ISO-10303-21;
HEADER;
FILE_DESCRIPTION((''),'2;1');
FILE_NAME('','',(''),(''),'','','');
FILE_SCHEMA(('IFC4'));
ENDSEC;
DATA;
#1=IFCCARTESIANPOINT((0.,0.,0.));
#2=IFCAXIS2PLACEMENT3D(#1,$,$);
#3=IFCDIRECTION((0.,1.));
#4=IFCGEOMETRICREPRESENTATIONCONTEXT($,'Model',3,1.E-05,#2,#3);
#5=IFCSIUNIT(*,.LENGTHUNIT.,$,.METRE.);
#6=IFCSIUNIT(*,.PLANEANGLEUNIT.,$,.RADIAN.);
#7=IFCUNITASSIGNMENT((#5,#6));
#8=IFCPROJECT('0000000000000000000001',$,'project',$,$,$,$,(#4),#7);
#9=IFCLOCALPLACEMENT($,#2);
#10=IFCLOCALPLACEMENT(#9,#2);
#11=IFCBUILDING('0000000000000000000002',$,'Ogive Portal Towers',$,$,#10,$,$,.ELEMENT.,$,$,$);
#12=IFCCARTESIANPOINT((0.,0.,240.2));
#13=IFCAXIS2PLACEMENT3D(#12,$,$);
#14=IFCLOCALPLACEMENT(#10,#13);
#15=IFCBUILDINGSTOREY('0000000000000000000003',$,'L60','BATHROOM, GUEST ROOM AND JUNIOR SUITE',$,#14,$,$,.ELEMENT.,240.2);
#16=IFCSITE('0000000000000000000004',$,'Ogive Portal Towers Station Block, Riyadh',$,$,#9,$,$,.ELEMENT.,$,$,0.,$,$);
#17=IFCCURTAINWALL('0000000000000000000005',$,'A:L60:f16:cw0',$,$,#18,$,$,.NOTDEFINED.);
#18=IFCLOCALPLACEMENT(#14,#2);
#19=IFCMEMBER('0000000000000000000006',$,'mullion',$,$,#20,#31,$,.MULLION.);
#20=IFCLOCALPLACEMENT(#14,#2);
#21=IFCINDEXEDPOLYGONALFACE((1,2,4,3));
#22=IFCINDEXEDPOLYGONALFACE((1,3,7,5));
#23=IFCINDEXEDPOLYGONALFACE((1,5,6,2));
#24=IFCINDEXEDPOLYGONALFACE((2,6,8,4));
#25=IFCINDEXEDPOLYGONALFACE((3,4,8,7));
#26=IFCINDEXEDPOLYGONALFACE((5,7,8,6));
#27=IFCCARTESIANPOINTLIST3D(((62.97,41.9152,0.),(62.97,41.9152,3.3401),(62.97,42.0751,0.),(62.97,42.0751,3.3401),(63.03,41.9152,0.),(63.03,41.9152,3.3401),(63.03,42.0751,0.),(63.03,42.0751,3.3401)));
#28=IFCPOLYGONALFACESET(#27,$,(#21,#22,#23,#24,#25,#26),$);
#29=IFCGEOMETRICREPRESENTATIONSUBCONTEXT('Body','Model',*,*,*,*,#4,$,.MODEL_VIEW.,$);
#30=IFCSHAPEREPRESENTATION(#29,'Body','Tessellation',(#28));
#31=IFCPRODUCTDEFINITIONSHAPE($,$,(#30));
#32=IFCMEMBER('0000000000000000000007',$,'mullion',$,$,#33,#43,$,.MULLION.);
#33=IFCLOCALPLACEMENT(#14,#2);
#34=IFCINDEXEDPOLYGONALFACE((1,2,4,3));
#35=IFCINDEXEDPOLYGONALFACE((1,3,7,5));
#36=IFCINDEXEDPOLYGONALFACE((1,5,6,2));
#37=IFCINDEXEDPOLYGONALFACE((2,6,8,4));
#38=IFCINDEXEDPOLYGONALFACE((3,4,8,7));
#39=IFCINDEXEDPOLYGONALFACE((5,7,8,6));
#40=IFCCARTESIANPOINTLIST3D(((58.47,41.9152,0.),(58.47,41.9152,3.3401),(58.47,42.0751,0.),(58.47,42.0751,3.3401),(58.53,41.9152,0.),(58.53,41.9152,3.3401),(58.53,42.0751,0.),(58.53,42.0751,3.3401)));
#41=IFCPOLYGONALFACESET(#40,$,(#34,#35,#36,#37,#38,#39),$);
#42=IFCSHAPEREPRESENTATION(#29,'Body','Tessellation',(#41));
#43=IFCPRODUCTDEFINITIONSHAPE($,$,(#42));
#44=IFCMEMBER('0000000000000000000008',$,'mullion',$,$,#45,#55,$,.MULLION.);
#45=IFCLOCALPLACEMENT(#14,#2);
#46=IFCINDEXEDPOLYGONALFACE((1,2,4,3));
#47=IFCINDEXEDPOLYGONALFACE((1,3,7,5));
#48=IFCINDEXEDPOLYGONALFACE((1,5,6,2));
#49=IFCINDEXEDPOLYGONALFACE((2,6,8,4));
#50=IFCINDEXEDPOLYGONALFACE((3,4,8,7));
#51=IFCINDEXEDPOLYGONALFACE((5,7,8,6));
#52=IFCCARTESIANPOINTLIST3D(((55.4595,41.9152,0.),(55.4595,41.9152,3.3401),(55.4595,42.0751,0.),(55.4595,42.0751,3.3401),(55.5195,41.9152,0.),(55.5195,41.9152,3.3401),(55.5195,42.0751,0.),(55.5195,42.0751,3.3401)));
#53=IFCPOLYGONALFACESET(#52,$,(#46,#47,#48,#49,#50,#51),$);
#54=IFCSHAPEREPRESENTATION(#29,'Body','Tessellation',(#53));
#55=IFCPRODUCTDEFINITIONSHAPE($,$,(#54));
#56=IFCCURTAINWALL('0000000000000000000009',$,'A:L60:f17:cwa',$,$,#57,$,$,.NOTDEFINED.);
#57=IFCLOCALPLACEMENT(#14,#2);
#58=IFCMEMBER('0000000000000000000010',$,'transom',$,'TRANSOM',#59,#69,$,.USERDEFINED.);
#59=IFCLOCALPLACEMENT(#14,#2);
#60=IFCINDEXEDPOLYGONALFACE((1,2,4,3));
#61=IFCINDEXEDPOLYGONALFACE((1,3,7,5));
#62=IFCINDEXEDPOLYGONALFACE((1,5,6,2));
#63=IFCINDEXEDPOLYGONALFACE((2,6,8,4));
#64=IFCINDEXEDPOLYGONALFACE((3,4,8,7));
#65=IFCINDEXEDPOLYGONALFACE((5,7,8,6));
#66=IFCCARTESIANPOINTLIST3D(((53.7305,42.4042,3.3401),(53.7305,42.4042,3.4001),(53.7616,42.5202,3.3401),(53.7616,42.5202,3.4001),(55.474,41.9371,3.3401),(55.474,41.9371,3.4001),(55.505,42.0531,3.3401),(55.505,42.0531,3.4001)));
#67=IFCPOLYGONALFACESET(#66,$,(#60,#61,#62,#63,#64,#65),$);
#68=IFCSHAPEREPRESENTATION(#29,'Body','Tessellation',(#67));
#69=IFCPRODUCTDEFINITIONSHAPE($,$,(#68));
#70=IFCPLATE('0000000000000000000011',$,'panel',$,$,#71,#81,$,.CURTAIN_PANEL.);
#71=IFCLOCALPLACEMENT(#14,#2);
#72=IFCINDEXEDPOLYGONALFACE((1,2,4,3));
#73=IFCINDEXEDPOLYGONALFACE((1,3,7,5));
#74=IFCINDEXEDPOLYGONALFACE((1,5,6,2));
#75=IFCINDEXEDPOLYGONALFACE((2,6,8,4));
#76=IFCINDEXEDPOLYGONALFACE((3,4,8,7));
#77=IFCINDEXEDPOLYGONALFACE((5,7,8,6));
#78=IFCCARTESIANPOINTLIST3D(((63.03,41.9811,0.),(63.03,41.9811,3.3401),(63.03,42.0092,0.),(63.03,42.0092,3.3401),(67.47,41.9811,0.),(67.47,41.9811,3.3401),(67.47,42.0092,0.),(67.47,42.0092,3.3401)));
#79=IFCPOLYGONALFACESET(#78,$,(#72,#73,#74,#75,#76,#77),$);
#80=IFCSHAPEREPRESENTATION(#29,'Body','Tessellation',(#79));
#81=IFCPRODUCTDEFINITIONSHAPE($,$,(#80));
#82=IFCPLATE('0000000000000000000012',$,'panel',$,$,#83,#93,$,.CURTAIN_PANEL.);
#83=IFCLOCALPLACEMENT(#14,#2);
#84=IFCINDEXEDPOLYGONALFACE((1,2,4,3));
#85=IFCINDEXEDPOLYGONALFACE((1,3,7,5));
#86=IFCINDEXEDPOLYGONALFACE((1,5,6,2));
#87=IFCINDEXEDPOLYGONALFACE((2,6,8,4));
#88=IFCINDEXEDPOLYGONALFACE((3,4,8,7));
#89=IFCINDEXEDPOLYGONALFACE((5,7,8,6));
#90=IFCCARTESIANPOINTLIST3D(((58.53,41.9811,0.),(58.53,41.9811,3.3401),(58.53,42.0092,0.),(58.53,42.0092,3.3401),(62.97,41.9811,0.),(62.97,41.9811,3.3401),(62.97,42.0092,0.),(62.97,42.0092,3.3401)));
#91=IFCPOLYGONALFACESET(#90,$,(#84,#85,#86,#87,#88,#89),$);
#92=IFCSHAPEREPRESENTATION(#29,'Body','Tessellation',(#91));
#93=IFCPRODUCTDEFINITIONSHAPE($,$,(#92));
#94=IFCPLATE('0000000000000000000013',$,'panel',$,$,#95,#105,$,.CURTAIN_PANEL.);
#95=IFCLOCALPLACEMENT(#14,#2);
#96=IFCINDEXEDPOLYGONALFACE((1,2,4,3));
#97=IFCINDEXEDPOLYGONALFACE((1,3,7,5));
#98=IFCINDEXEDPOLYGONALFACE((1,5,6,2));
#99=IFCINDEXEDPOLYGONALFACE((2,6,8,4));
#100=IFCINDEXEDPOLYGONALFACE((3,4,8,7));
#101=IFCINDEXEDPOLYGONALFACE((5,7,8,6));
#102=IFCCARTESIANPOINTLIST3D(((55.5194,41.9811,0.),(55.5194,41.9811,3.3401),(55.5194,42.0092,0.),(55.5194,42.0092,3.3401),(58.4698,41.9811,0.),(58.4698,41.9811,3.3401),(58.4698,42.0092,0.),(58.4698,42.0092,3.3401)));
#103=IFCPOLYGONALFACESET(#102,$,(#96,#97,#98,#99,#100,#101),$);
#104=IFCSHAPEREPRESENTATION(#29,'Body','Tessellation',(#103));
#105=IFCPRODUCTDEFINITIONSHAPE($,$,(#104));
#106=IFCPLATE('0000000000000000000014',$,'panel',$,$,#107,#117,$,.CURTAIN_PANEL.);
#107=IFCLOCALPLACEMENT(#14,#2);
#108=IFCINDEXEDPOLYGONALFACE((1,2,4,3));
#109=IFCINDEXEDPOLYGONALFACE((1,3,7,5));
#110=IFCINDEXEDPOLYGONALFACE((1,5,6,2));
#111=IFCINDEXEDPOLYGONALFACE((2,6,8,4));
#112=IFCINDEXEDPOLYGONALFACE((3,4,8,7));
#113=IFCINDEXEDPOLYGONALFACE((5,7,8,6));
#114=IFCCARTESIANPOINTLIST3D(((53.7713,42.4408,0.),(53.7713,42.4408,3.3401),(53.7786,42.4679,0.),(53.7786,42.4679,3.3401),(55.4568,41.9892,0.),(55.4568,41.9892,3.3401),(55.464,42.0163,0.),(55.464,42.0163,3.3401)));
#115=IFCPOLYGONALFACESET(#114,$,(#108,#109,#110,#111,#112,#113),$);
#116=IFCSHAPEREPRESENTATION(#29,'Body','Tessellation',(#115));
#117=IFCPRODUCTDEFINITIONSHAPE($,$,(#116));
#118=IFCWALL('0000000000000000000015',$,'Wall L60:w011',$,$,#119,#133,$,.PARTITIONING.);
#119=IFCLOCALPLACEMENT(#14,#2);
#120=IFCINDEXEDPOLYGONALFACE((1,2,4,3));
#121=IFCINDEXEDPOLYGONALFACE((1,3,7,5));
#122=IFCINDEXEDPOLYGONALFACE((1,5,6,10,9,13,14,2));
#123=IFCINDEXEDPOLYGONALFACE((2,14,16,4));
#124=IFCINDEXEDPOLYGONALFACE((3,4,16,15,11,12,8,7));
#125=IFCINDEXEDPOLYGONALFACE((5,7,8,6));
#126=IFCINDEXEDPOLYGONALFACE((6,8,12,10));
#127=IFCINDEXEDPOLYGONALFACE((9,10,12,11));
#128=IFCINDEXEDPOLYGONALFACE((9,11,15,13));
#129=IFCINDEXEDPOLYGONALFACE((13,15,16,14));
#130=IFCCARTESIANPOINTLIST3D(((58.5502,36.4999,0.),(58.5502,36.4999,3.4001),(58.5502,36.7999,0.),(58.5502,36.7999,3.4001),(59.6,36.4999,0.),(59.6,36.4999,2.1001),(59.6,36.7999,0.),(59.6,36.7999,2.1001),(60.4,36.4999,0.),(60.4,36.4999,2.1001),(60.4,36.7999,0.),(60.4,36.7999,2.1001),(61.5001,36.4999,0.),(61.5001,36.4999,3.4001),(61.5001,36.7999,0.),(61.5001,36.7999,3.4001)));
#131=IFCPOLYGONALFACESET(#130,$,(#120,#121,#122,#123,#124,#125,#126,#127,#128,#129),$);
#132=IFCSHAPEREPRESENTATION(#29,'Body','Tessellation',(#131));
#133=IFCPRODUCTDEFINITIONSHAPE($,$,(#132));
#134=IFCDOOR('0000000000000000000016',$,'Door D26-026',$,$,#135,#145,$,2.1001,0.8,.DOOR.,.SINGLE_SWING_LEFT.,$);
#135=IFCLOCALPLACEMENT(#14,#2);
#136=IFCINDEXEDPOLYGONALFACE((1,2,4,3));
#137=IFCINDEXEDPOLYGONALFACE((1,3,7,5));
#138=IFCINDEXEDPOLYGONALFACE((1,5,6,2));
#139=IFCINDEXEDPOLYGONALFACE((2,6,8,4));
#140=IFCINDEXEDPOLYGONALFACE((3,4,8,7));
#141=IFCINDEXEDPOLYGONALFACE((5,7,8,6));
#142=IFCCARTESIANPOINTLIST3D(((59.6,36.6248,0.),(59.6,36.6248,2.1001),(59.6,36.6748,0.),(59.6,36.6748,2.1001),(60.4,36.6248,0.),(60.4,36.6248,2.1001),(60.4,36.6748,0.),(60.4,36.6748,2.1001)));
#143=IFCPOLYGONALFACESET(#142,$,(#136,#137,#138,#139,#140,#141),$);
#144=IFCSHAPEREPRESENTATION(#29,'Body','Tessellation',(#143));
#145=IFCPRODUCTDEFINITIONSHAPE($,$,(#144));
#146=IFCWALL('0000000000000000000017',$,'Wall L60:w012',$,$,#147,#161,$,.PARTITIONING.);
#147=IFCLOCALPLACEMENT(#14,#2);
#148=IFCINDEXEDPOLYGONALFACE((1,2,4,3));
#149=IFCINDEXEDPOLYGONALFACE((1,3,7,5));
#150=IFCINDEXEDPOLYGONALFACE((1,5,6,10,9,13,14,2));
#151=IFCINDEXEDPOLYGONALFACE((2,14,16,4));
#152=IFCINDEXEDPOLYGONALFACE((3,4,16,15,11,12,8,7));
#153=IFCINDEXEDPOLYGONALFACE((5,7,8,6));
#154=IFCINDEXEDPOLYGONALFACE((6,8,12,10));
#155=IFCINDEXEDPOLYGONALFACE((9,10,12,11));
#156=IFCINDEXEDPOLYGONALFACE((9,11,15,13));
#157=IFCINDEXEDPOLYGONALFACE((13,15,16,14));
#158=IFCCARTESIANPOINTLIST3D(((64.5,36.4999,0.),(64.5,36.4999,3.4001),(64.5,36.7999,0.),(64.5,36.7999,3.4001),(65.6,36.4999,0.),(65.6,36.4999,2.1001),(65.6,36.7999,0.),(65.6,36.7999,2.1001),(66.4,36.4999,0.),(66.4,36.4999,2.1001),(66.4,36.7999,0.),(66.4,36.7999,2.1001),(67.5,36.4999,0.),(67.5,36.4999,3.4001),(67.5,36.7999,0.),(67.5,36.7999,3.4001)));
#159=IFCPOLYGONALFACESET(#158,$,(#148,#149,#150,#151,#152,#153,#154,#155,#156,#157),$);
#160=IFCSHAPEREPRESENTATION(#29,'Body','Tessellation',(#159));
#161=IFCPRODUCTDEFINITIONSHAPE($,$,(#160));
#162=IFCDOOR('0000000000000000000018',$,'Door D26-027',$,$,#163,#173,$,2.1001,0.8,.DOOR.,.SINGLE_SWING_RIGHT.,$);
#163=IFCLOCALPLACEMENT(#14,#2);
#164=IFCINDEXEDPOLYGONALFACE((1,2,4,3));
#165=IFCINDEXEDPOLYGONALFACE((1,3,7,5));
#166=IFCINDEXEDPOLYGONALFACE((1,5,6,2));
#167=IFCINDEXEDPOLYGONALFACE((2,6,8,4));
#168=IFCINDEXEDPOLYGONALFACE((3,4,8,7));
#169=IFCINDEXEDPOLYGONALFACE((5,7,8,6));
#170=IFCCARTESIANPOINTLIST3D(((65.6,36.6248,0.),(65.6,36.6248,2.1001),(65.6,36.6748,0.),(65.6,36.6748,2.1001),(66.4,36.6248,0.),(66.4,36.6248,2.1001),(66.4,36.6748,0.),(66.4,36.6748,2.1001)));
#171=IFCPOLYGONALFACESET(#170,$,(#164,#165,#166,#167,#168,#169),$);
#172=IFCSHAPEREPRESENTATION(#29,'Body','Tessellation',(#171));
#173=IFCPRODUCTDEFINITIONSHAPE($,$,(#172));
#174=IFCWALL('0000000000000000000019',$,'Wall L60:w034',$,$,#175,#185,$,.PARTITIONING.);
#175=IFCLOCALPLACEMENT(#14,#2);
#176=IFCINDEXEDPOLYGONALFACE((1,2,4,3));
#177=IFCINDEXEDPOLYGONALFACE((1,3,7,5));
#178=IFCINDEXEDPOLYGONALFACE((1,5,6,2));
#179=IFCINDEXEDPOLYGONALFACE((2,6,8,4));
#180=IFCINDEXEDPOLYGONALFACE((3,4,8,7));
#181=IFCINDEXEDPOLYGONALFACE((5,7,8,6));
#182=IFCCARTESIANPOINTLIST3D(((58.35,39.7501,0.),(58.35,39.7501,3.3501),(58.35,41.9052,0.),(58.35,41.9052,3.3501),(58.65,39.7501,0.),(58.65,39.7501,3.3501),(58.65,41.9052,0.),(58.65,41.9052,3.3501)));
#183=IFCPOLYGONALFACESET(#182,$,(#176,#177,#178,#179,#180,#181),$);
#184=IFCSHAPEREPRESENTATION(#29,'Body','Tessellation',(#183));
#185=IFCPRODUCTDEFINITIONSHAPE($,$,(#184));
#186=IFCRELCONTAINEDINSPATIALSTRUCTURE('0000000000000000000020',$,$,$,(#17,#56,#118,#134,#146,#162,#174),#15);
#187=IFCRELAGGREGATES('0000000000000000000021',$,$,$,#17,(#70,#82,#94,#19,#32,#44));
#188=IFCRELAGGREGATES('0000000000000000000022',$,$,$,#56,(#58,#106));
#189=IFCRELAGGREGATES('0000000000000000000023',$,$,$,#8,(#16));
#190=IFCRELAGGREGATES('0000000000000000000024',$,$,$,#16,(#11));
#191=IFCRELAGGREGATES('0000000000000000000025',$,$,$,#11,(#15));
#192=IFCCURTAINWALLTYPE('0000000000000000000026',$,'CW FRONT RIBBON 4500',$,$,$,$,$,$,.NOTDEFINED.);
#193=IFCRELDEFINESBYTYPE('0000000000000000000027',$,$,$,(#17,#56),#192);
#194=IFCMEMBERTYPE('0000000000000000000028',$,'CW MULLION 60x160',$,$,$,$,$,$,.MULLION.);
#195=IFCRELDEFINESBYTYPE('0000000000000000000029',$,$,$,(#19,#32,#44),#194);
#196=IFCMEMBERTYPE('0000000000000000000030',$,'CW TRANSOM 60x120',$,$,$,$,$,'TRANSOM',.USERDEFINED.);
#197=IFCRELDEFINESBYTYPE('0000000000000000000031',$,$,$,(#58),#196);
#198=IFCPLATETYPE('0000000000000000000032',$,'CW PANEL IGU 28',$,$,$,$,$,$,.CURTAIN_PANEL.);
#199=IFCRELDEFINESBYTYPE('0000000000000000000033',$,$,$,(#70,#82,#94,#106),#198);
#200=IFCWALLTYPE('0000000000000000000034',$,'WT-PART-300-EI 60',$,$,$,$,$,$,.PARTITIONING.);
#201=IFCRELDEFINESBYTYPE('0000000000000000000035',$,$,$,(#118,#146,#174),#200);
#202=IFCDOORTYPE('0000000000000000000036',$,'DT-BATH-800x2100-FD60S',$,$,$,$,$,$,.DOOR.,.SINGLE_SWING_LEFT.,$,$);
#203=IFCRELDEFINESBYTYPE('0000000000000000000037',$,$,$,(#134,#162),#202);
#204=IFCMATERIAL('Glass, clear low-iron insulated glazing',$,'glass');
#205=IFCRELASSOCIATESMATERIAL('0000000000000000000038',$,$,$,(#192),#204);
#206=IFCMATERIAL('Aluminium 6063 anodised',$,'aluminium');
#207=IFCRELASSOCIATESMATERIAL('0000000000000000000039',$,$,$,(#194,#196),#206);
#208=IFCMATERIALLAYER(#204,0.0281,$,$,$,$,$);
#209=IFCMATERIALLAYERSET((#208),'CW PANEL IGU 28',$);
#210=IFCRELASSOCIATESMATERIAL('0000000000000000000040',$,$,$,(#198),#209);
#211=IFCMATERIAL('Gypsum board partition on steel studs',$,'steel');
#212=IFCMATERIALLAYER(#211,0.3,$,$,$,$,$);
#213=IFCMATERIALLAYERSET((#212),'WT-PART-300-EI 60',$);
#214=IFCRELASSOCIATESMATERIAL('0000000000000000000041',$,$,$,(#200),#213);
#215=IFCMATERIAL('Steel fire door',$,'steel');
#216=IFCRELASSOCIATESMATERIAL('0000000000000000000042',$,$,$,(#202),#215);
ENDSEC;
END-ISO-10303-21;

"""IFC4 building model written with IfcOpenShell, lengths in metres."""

from ifc_helpers import new_model, si_unit, direction, frame, frame_2d, origin, origin_2d, place, context, subcontext, project, spatial, rectangle, extrude, material, layer, layer_set, material_profile, profile_set, type_object, element, fill, aggregate, save


model = new_model("IFC4")

# Units and contexts
model_context = context("Model", 3, precision=1e-05, world=origin(), true_north=direction((0.0, 1.0)))
body_context = subcontext(model_context, "Body", "Model", "MODEL_VIEW")
ifc_project = project(units=[si_unit("LENGTHUNIT", "METRE"), si_unit("PLANEANGLEUNIT", "RADIAN")], contexts=[model_context])

# Site, building, storey
site_placement = place(None, origin())
site = spatial("IfcSite", under=ifc_project, at=site_placement, Name="Ogive Portal Towers Station Block, Riyadh", CompositionType="ELEMENT", RefElevation=0.0)
building_placement = place(site_placement, origin())
building = spatial("IfcBuilding", under=site, at=building_placement, Name="Ogive Portal Towers", CompositionType="ELEMENT")
storey_placement = place(building_placement, frame((0.0, 0.0, 240.2)))
storey = spatial("IfcBuildingStorey", under=building, at=storey_placement, Name="L60", Description="BATHROOM, GUEST ROOM AND JUNIOR SUITE", CompositionType="ELEMENT", Elevation=240.2)

# Curtain wall, members
ifc_material_1 = material(Name="Glass, clear low-iron insulated glazing", Category="glass")
curtain_wall_type = type_object("IfcCurtainWallType", Name="CW FRONT RIBBON 4500", PredefinedType="NOTDEFINED", material=ifc_material_1)
curtain_wall_1_placement = place(storey_placement, origin())
curtain_wall_1 = element("IfcCurtainWall", 1, at=curtain_wall_1_placement, inside=storey, type_object=curtain_wall_type, Name="A:L60:f16:cw0", PredefinedType="NOTDEFINED")
ifc_material_2 = material(Name="Aluminium 6063 anodised", Category="aluminium")
ifc_material_profile_1 = material_profile(ifc_material_2, rectangle(XDim=0.1599, YDim=0.0601, at=origin_2d()), Name="AL 60x160")
ifc_profile_set_1 = profile_set([ifc_material_profile_1], Name="Aluminium 6063 anodised")
member_type_1 = type_object("IfcMemberType", Name="CW MULLION 60x160", PredefinedType="MULLION", material=ifc_profile_set_1)
member_1_placement = place(storey_placement, frame((63.0, 41.9951, 0.0), z_axis=(0.0, 0.0, 1.0), x_axis=(0.0, -1.0, 0.0)))
member_1 = element("IfcMember", 2, at=member_1_placement, type_object=member_type_1, Name="mullion", PredefinedType="MULLION", context=body_context, shape_type="SweptSolid", body=[
    extrude(rectangle(XDim=0.1599, YDim=0.0601, at=origin_2d()), origin(), (0.0, 0.0, 1.0), 3.3401),
])
member_2_placement = place(storey_placement, frame((58.5, 41.9951, 0.0), z_axis=(0.0, 0.0, 1.0), x_axis=(0.0, -1.0, 0.0)))
member_2 = element("IfcMember", 3, at=member_2_placement, type_object=member_type_1, Name="mullion", PredefinedType="MULLION", context=body_context, shape_type="SweptSolid", body=[
    extrude(rectangle(XDim=0.1599, YDim=0.0601, at=origin_2d()), origin(), (0.0, 0.0, 1.0), 3.3401),
])
member_3_placement = place(storey_placement, frame((55.4895, 41.9951, 0.0), z_axis=(0.0, 0.0, 1.0), x_axis=(0.0, -1.0, 0.0)))
member_3 = element("IfcMember", 4, at=member_3_placement, type_object=member_type_1, Name="mullion", PredefinedType="MULLION", context=body_context, shape_type="SweptSolid", body=[
    extrude(rectangle(XDim=0.1599, YDim=0.0601, at=origin_2d()), origin(), (0.0, 0.0, 1.0), 3.3401),
])

# Curtain wall, member
curtain_wall_2_placement = place(storey_placement, origin())
curtain_wall_2 = element("IfcCurtainWall", 5, at=curtain_wall_2_placement, inside=storey, type_object=curtain_wall_type, Name="A:L60:f17:cwa", PredefinedType="NOTDEFINED")
ifc_material_profile_2 = material_profile(ifc_material_2, rectangle(XDim=0.1201, YDim=0.0601, at=origin_2d()), Name="AL 120x60")
ifc_profile_set_2 = profile_set([ifc_material_profile_2], Name="Aluminium 6063 anodised")
member_type_2 = type_object("IfcMemberType", Name="CW TRANSOM 60x120", ElementType="TRANSOM", PredefinedType="USERDEFINED", material=ifc_profile_set_2)
member_4_placement = place(storey_placement, frame((55.4895, 41.9951, 3.3701), z_axis=(-0.96594, 0.258765, 0.0), x_axis=(-0.258765, -0.96594, 0.0)))
member_4 = element("IfcMember", 6, at=member_4_placement, type_object=member_type_2, Name="transom", ObjectType="TRANSOM", PredefinedType="USERDEFINED", context=body_context, shape_type="SweptSolid", body=[
    extrude(rectangle(XDim=0.1201, YDim=0.0601, at=origin_2d()), origin(), (0.0, 0.0, 1.0), 1.8049),
])

# Plates
ifc_layer_1 = layer(ifc_material_1, 0.0281)
ifc_layer_set_1 = layer_set([ifc_layer_1], Name="CW PANEL IGU 28")
plate_type = type_object("IfcPlateType", Name="CW PANEL IGU 28", PredefinedType="CURTAIN_PANEL", material=ifc_layer_set_1)
plate_1_placement = place(storey_placement, frame((65.25, 41.9951, 0.0), z_axis=(0.0, 0.0, 1.0), x_axis=(-1.0, 0.0, 0.0)))
plate_1 = element("IfcPlate", 7, at=plate_1_placement, type_object=plate_type, Name="panel", PredefinedType="CURTAIN_PANEL", context=body_context, shape_type="SweptSolid", body=[
    extrude(rectangle(XDim=4.4399, YDim=0.0281, at=origin_2d()), origin(), (0.0, 0.0, 1.0), 3.3401),
])
plate_2_placement = place(storey_placement, frame((60.75, 41.9951, 0.0), z_axis=(0.0, 0.0, 1.0), x_axis=(-1.0, 0.0, 0.0)))
plate_2 = element("IfcPlate", 8, at=plate_2_placement, type_object=plate_type, Name="panel", PredefinedType="CURTAIN_PANEL", context=body_context, shape_type="SweptSolid", body=[
    extrude(rectangle(XDim=4.4399, YDim=0.0281, at=origin_2d()), origin(), (0.0, 0.0, 1.0), 3.3401),
])
plate_3_placement = place(storey_placement, frame((56.9946, 41.9951, 0.0), z_axis=(0.0, 0.0, 1.0), x_axis=(-1.0, 0.0, 0.0)))
plate_3 = element("IfcPlate", 9, at=plate_3_placement, type_object=plate_type, Name="panel", PredefinedType="CURTAIN_PANEL", context=body_context, shape_type="SweptSolid", body=[
    extrude(rectangle(XDim=2.9504, YDim=0.0281, at=origin_2d()), origin(), (0.0, 0.0, 1.0), 3.3401),
])
aggregate(curtain_wall_1, [plate_1, plate_2, plate_3, member_1, member_2, member_3])
plate_4_placement = place(storey_placement, frame((54.6177, 42.2285, 0.0), z_axis=(0.0, 0.0, 1.0), x_axis=(-0.965926, 0.258819, 0.0)))
plate_4 = element("IfcPlate", 10, at=plate_4_placement, type_object=plate_type, Name="panel", PredefinedType="CURTAIN_PANEL", context=body_context, shape_type="SweptSolid", body=[
    extrude(rectangle(XDim=1.7449, YDim=0.0281, at=origin_2d()), origin(), (0.0, 0.0, 1.0), 3.3401),
])
aggregate(curtain_wall_2, [member_4, plate_4])

# Walls, openings, doors
ifc_material_3 = material(Name="Gypsum board partition on steel studs", Category="steel")
ifc_layer_2 = layer(ifc_material_3, 0.3)
ifc_layer_set_2 = layer_set([ifc_layer_2], Name="WT-PART-300-EI 60")
wall_type = type_object("IfcWallType", Name="WT-PART-300-EI 60", PredefinedType="PARTITIONING", material=ifc_layer_set_2)
wall_1_placement = place(storey_placement, frame((58.55, 36.6499, 0.0), z_axis=(0.0, 0.0, 1.0), x_axis=(1.0, 0.0, 0.0)))
wall_1 = element("IfcWall", 11, at=wall_1_placement, inside=storey, type_object=wall_type, Name="Wall L60:w011", PredefinedType="PARTITIONING", context=body_context, shape_type="SweptSolid", body=[
    extrude(rectangle(XDim=2.95, YDim=0.3, at=frame_2d((1.4751, 0.0))), origin(), (0.0, 0.0, 1.0), 3.4001),
])
opening_1_placement = place(wall_1_placement, frame((1.05, 0.0, 0.0)))
opening_1 = element("IfcOpeningElement", 12, at=opening_1_placement, cuts=wall_1, PredefinedType="OPENING", context=body_context, shape_type="SweptSolid", body=[
    extrude(rectangle(XDim=0.8, YDim=2.1001, at=frame_2d((0.3999, 1.05))), frame((0.0, 0.1602, 0.0), z_axis=(0.0, -1.0, 0.0), x_axis=(1.0, 0.0, 0.0)), (0.0, 0.0, 1.0), 0.3201),
])
ifc_material_4 = material(Name="Steel fire door", Category="steel")
door_type = type_object("IfcDoorType", Name="DT-BATH-800x2100-FD60S", OperationType="SINGLE_SWING_LEFT", PredefinedType="DOOR", material=ifc_material_4)
door_1_placement = place(opening_1_placement, origin())
door_1 = element("IfcDoor", 13, at=door_1_placement, inside=storey, type_object=door_type, Name="Door D26-026", OperationType="SINGLE_SWING_LEFT", OverallHeight=2.1001, OverallWidth=0.8, PredefinedType="DOOR", context=body_context, shape_type="SweptSolid", body=[
    extrude(rectangle(XDim=0.8, YDim=2.1001, at=frame_2d((0.3999, 1.05))), frame((0.0, 0.0249, 0.0), z_axis=(0.0, -1.0, 0.0), x_axis=(1.0, 0.0, 0.0)), (0.0, 0.0, 1.0), 0.05),
])
fill(opening_1, door_1)
wall_2_placement = place(storey_placement, frame((64.5, 36.6499, 0.0), z_axis=(0.0, 0.0, 1.0), x_axis=(1.0, 0.0, 0.0)))
wall_2 = element("IfcWall", 14, at=wall_2_placement, inside=storey, type_object=wall_type, Name="Wall L60:w012", PredefinedType="PARTITIONING", context=body_context, shape_type="SweptSolid", body=[
    extrude(rectangle(XDim=3.0, YDim=0.3, at=frame_2d((1.5, 0.0))), origin(), (0.0, 0.0, 1.0), 3.4001),
])
opening_2_placement = place(wall_2_placement, frame((1.1001, 0.0, 0.0)))
opening_2 = element("IfcOpeningElement", 15, at=opening_2_placement, cuts=wall_2, PredefinedType="OPENING", context=body_context, shape_type="SweptSolid", body=[
    extrude(rectangle(XDim=0.8, YDim=2.1001, at=frame_2d((0.3999, 1.05))), frame((0.0, 0.1602, 0.0), z_axis=(0.0, -1.0, 0.0), x_axis=(1.0, 0.0, 0.0)), (0.0, 0.0, 1.0), 0.3201),
])
door_2_placement = place(opening_2_placement, origin())
door_2 = element("IfcDoor", 16, at=door_2_placement, inside=storey, type_object=door_type, Name="Door D26-027", OperationType="SINGLE_SWING_RIGHT", OverallHeight=2.1001, OverallWidth=0.8, PredefinedType="DOOR", context=body_context, shape_type="SweptSolid", body=[
    extrude(rectangle(XDim=0.8, YDim=2.1001, at=frame_2d((0.3999, 1.05))), frame((0.0, 0.0249, 0.0), z_axis=(0.0, -1.0, 0.0), x_axis=(1.0, 0.0, 0.0)), (0.0, 0.0, 1.0), 0.05),
])
fill(opening_2, door_2)

# Wall
wall_3_placement = place(storey_placement, frame((58.5, 39.75, 0.0), z_axis=(0.0, 0.0, 1.0), x_axis=(0.0, 1.0, 0.0)))
element("IfcWall", 17, at=wall_3_placement, inside=storey, type_object=wall_type, Name="Wall L60:w034", PredefinedType="PARTITIONING", context=body_context, shape_type="SweptSolid", body=[
    extrude(rectangle(XDim=2.155, YDim=0.3, at=frame_2d((1.0776, 0.0))), origin(), (0.0, 0.0, 1.0), 3.3501),
])

save(model, "model.ifc")
